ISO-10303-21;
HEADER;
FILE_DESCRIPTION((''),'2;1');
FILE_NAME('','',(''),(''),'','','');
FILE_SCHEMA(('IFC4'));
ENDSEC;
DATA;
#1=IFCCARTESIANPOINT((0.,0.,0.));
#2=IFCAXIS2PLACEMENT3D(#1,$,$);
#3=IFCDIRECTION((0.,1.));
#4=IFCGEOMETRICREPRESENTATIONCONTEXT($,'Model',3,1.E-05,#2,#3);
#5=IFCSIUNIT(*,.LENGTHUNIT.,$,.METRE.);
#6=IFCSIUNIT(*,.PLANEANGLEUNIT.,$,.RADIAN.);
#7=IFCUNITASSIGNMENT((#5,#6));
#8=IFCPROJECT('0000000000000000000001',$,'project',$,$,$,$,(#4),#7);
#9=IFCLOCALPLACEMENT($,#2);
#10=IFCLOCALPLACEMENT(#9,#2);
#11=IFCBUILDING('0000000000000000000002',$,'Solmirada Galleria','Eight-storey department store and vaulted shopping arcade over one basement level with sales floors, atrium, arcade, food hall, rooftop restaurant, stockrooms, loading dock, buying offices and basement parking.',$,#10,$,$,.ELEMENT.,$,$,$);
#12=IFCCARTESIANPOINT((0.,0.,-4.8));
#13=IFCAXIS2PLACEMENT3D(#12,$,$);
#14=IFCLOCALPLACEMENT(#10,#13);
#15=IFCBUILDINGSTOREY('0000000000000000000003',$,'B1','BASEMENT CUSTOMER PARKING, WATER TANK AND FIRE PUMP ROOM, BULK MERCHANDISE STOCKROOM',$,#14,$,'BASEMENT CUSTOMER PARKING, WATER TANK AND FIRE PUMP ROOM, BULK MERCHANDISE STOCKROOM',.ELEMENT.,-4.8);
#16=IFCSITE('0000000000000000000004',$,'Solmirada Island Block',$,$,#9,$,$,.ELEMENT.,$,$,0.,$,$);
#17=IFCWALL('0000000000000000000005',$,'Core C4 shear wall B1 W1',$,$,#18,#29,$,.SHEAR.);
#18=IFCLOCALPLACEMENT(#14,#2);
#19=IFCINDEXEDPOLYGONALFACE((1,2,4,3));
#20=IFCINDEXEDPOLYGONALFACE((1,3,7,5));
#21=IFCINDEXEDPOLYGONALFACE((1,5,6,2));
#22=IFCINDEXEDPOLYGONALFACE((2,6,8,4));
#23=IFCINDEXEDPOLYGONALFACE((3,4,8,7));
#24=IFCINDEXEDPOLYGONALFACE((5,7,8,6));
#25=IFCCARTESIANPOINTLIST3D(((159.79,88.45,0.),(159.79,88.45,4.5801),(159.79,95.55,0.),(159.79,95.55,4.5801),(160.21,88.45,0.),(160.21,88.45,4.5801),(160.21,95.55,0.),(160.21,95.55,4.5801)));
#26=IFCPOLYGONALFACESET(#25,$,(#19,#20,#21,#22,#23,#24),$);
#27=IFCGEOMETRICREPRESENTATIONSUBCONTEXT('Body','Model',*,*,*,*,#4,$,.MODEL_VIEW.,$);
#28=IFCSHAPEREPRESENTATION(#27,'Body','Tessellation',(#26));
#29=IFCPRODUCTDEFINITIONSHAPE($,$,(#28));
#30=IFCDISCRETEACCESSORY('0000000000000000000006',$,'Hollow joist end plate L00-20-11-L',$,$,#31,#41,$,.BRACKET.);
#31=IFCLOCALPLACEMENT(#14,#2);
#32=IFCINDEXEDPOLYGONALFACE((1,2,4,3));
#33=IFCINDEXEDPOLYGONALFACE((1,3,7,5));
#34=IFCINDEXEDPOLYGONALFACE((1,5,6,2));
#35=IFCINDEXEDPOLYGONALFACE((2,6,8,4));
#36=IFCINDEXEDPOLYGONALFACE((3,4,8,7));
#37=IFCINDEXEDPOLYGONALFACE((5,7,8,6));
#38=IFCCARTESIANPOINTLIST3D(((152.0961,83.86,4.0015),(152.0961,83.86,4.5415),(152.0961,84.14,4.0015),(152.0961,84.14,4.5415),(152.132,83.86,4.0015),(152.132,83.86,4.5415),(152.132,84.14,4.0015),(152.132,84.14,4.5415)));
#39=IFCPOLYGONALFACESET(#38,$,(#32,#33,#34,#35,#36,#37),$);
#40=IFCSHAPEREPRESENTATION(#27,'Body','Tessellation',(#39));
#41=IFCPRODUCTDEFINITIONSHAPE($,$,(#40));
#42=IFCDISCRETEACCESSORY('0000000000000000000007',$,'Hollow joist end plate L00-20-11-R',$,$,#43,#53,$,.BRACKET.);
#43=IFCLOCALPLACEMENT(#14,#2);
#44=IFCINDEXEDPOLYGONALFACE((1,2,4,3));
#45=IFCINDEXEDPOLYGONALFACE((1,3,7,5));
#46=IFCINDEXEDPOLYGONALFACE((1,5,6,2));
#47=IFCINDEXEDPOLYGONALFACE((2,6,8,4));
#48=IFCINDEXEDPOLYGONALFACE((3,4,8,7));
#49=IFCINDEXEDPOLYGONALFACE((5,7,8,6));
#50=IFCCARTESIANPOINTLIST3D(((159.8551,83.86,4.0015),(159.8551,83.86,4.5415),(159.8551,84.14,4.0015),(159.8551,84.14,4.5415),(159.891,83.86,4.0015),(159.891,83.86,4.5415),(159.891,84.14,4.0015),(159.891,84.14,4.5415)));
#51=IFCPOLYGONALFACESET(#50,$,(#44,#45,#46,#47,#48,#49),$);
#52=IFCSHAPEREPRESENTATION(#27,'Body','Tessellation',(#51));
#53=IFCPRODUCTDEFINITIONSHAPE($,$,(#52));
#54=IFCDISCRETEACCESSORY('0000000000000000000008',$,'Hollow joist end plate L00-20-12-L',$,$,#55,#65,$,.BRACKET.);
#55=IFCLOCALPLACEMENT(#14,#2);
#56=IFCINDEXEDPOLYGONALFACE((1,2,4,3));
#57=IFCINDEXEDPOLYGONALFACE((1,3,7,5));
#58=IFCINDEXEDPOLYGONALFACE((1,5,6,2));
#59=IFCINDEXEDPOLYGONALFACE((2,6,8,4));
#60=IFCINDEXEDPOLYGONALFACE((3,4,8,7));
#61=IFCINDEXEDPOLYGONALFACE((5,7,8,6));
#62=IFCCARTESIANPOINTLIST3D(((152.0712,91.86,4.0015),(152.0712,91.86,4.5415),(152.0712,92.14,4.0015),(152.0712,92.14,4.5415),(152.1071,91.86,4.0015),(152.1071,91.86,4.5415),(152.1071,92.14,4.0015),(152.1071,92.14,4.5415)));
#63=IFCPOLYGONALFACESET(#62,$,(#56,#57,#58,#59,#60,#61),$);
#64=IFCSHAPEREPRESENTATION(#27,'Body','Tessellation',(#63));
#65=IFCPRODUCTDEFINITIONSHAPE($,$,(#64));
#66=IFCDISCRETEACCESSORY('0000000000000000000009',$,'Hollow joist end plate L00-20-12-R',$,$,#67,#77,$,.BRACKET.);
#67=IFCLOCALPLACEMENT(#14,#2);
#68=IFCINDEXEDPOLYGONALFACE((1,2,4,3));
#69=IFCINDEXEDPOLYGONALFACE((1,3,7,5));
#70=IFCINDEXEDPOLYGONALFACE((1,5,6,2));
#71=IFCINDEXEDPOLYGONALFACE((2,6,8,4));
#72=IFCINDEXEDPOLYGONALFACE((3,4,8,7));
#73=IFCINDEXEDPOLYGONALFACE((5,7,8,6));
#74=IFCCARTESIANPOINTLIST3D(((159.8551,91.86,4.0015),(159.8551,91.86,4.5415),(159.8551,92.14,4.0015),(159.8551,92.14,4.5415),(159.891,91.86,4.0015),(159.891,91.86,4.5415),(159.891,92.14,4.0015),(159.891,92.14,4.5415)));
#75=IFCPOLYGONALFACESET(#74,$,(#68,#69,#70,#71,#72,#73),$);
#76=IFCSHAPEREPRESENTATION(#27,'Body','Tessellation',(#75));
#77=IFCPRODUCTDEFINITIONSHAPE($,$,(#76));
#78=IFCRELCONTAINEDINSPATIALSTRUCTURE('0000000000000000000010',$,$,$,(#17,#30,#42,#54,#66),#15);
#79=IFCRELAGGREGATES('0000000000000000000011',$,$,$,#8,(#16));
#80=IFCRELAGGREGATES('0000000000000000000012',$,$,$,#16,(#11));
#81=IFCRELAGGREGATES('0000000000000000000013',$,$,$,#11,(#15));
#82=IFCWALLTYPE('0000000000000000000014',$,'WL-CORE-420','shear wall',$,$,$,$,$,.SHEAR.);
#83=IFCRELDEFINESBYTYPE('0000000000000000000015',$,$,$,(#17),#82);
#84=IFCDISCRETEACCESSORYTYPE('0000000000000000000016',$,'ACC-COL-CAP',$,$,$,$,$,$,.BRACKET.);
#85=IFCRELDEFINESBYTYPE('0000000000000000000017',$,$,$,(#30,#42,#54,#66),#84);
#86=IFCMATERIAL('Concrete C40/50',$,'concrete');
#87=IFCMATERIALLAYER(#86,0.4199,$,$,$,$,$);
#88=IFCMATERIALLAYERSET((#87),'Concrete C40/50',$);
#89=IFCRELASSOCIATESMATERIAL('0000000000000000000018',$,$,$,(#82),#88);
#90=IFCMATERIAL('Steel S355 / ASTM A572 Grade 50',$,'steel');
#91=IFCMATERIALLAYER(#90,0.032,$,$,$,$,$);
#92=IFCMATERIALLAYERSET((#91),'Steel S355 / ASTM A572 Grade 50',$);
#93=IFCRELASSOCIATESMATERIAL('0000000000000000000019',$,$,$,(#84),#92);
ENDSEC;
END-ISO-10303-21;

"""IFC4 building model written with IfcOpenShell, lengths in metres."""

from ifc_helpers import new_model, si_unit, direction, frame, frame_2d, origin, origin_2d, place, context, subcontext, project, spatial, rectangle, extrude, material, layer, layer_set, type_object, element, save


model = new_model("IFC4")

# Units and contexts
model_context = context("Model", 3, precision=1e-05, world=origin(), true_north=direction((0.0, 1.0)))
body_context = subcontext(model_context, "Body", "Model", "MODEL_VIEW")
ifc_project = project(units=[si_unit("LENGTHUNIT", "METRE"), si_unit("PLANEANGLEUNIT", "RADIAN")], contexts=[model_context])

# Site, building, storey
site_placement = place(None, origin())
site = spatial("IfcSite", under=ifc_project, at=site_placement, Name="Solmirada Island Block", CompositionType="ELEMENT", RefElevation=0.0)
building_placement = place(site_placement, origin())
building = spatial("IfcBuilding", under=site, at=building_placement, Name="Solmirada Galleria", Description="Eight-storey department store and vaulted shopping arcade over one basement level with sales floors, atrium, arcade, food hall, rooftop restaurant, stockrooms, loading dock, buying offices and basement parking.", CompositionType="ELEMENT")
storey_placement = place(building_placement, frame((0.0, 0.0, -4.8)))
storey = spatial("IfcBuildingStorey", under=building, at=storey_placement, Name="B1", Description="BASEMENT CUSTOMER PARKING, WATER TANK AND FIRE PUMP ROOM, BULK MERCHANDISE STOCKROOM", LongName="BASEMENT CUSTOMER PARKING, WATER TANK AND FIRE PUMP ROOM, BULK MERCHANDISE STOCKROOM", CompositionType="ELEMENT", Elevation=-4.8)

# Shared definitions
ifc_material_1 = material(Name="Concrete C40/50", Category="concrete")

# Wall
ifc_layer_1 = layer(ifc_material_1, 0.4199)
ifc_layer_set_1 = layer_set([ifc_layer_1], Name="Concrete C40/50")
wall_type = type_object("IfcWallType", Name="WL-CORE-420", Description="shear wall", PredefinedType="SHEAR", material=ifc_layer_set_1)
wall_placement = place(storey_placement, frame((160.0, 88.45, 0.0), z_axis=(0.0, 0.0, 1.0), x_axis=(0.0, 1.0, 0.0)))
element("IfcWall", 1, at=wall_placement, inside=storey, type_object=wall_type, Name="Core C4 shear wall B1 W1", PredefinedType="SHEAR", context=body_context, shape_type="SweptSolid", body=[
    extrude(rectangle(XDim=7.1001, YDim=0.4199, at=frame_2d((3.55, 0.0))), origin(), (0.0, 0.0, 1.0), 4.5801),
])

# Discrete accessories
ifc_material_2 = material(Name="Steel S355 / ASTM A572 Grade 50", Category="steel")
ifc_layer_2 = layer(ifc_material_2, 0.032)
ifc_layer_set_2 = layer_set([ifc_layer_2], Name="Steel S355 / ASTM A572 Grade 50")
discrete_accessory_type = type_object("IfcDiscreteAccessoryType", Name="ACC-COL-CAP", PredefinedType="BRACKET", material=ifc_layer_set_2)
for number, where, z_axis, x_axis, name in (
    (2, (152.114, 84.0, 4.0015), (0.0, 0.0, 1.0), (1.0, 0.0, 0.0), "Hollow joist end plate L00-20-11-L"),
    (3, (159.873, 84.0, 4.0015), (0.0, 0.0, 1.0), (1.0, 0.0, 0.0), "Hollow joist end plate L00-20-11-R"),
    (4, (152.0891, 92.0, 4.0015), (0.0, 0.0, 1.0), (1.0, 0.0, 0.0), "Hollow joist end plate L00-20-12-L"),
    (5, (159.873, 92.0, 4.0015), (0.0, 0.0, 1.0), (1.0, 0.0, 0.0), "Hollow joist end plate L00-20-12-R"),
):
    element("IfcDiscreteAccessory", number, at=place(storey_placement, frame(where, z_axis=z_axis, x_axis=x_axis)), inside=storey, type_object=discrete_accessory_type, Name=name, PredefinedType="BRACKET", context=body_context, shape_type="SweptSolid", body=[
        extrude(rectangle(XDim=0.0359, YDim=0.28, at=origin_2d()), origin(), (0.0, 0.0, 1.0), 0.54),
    ])

save(model, "model.ifc")
